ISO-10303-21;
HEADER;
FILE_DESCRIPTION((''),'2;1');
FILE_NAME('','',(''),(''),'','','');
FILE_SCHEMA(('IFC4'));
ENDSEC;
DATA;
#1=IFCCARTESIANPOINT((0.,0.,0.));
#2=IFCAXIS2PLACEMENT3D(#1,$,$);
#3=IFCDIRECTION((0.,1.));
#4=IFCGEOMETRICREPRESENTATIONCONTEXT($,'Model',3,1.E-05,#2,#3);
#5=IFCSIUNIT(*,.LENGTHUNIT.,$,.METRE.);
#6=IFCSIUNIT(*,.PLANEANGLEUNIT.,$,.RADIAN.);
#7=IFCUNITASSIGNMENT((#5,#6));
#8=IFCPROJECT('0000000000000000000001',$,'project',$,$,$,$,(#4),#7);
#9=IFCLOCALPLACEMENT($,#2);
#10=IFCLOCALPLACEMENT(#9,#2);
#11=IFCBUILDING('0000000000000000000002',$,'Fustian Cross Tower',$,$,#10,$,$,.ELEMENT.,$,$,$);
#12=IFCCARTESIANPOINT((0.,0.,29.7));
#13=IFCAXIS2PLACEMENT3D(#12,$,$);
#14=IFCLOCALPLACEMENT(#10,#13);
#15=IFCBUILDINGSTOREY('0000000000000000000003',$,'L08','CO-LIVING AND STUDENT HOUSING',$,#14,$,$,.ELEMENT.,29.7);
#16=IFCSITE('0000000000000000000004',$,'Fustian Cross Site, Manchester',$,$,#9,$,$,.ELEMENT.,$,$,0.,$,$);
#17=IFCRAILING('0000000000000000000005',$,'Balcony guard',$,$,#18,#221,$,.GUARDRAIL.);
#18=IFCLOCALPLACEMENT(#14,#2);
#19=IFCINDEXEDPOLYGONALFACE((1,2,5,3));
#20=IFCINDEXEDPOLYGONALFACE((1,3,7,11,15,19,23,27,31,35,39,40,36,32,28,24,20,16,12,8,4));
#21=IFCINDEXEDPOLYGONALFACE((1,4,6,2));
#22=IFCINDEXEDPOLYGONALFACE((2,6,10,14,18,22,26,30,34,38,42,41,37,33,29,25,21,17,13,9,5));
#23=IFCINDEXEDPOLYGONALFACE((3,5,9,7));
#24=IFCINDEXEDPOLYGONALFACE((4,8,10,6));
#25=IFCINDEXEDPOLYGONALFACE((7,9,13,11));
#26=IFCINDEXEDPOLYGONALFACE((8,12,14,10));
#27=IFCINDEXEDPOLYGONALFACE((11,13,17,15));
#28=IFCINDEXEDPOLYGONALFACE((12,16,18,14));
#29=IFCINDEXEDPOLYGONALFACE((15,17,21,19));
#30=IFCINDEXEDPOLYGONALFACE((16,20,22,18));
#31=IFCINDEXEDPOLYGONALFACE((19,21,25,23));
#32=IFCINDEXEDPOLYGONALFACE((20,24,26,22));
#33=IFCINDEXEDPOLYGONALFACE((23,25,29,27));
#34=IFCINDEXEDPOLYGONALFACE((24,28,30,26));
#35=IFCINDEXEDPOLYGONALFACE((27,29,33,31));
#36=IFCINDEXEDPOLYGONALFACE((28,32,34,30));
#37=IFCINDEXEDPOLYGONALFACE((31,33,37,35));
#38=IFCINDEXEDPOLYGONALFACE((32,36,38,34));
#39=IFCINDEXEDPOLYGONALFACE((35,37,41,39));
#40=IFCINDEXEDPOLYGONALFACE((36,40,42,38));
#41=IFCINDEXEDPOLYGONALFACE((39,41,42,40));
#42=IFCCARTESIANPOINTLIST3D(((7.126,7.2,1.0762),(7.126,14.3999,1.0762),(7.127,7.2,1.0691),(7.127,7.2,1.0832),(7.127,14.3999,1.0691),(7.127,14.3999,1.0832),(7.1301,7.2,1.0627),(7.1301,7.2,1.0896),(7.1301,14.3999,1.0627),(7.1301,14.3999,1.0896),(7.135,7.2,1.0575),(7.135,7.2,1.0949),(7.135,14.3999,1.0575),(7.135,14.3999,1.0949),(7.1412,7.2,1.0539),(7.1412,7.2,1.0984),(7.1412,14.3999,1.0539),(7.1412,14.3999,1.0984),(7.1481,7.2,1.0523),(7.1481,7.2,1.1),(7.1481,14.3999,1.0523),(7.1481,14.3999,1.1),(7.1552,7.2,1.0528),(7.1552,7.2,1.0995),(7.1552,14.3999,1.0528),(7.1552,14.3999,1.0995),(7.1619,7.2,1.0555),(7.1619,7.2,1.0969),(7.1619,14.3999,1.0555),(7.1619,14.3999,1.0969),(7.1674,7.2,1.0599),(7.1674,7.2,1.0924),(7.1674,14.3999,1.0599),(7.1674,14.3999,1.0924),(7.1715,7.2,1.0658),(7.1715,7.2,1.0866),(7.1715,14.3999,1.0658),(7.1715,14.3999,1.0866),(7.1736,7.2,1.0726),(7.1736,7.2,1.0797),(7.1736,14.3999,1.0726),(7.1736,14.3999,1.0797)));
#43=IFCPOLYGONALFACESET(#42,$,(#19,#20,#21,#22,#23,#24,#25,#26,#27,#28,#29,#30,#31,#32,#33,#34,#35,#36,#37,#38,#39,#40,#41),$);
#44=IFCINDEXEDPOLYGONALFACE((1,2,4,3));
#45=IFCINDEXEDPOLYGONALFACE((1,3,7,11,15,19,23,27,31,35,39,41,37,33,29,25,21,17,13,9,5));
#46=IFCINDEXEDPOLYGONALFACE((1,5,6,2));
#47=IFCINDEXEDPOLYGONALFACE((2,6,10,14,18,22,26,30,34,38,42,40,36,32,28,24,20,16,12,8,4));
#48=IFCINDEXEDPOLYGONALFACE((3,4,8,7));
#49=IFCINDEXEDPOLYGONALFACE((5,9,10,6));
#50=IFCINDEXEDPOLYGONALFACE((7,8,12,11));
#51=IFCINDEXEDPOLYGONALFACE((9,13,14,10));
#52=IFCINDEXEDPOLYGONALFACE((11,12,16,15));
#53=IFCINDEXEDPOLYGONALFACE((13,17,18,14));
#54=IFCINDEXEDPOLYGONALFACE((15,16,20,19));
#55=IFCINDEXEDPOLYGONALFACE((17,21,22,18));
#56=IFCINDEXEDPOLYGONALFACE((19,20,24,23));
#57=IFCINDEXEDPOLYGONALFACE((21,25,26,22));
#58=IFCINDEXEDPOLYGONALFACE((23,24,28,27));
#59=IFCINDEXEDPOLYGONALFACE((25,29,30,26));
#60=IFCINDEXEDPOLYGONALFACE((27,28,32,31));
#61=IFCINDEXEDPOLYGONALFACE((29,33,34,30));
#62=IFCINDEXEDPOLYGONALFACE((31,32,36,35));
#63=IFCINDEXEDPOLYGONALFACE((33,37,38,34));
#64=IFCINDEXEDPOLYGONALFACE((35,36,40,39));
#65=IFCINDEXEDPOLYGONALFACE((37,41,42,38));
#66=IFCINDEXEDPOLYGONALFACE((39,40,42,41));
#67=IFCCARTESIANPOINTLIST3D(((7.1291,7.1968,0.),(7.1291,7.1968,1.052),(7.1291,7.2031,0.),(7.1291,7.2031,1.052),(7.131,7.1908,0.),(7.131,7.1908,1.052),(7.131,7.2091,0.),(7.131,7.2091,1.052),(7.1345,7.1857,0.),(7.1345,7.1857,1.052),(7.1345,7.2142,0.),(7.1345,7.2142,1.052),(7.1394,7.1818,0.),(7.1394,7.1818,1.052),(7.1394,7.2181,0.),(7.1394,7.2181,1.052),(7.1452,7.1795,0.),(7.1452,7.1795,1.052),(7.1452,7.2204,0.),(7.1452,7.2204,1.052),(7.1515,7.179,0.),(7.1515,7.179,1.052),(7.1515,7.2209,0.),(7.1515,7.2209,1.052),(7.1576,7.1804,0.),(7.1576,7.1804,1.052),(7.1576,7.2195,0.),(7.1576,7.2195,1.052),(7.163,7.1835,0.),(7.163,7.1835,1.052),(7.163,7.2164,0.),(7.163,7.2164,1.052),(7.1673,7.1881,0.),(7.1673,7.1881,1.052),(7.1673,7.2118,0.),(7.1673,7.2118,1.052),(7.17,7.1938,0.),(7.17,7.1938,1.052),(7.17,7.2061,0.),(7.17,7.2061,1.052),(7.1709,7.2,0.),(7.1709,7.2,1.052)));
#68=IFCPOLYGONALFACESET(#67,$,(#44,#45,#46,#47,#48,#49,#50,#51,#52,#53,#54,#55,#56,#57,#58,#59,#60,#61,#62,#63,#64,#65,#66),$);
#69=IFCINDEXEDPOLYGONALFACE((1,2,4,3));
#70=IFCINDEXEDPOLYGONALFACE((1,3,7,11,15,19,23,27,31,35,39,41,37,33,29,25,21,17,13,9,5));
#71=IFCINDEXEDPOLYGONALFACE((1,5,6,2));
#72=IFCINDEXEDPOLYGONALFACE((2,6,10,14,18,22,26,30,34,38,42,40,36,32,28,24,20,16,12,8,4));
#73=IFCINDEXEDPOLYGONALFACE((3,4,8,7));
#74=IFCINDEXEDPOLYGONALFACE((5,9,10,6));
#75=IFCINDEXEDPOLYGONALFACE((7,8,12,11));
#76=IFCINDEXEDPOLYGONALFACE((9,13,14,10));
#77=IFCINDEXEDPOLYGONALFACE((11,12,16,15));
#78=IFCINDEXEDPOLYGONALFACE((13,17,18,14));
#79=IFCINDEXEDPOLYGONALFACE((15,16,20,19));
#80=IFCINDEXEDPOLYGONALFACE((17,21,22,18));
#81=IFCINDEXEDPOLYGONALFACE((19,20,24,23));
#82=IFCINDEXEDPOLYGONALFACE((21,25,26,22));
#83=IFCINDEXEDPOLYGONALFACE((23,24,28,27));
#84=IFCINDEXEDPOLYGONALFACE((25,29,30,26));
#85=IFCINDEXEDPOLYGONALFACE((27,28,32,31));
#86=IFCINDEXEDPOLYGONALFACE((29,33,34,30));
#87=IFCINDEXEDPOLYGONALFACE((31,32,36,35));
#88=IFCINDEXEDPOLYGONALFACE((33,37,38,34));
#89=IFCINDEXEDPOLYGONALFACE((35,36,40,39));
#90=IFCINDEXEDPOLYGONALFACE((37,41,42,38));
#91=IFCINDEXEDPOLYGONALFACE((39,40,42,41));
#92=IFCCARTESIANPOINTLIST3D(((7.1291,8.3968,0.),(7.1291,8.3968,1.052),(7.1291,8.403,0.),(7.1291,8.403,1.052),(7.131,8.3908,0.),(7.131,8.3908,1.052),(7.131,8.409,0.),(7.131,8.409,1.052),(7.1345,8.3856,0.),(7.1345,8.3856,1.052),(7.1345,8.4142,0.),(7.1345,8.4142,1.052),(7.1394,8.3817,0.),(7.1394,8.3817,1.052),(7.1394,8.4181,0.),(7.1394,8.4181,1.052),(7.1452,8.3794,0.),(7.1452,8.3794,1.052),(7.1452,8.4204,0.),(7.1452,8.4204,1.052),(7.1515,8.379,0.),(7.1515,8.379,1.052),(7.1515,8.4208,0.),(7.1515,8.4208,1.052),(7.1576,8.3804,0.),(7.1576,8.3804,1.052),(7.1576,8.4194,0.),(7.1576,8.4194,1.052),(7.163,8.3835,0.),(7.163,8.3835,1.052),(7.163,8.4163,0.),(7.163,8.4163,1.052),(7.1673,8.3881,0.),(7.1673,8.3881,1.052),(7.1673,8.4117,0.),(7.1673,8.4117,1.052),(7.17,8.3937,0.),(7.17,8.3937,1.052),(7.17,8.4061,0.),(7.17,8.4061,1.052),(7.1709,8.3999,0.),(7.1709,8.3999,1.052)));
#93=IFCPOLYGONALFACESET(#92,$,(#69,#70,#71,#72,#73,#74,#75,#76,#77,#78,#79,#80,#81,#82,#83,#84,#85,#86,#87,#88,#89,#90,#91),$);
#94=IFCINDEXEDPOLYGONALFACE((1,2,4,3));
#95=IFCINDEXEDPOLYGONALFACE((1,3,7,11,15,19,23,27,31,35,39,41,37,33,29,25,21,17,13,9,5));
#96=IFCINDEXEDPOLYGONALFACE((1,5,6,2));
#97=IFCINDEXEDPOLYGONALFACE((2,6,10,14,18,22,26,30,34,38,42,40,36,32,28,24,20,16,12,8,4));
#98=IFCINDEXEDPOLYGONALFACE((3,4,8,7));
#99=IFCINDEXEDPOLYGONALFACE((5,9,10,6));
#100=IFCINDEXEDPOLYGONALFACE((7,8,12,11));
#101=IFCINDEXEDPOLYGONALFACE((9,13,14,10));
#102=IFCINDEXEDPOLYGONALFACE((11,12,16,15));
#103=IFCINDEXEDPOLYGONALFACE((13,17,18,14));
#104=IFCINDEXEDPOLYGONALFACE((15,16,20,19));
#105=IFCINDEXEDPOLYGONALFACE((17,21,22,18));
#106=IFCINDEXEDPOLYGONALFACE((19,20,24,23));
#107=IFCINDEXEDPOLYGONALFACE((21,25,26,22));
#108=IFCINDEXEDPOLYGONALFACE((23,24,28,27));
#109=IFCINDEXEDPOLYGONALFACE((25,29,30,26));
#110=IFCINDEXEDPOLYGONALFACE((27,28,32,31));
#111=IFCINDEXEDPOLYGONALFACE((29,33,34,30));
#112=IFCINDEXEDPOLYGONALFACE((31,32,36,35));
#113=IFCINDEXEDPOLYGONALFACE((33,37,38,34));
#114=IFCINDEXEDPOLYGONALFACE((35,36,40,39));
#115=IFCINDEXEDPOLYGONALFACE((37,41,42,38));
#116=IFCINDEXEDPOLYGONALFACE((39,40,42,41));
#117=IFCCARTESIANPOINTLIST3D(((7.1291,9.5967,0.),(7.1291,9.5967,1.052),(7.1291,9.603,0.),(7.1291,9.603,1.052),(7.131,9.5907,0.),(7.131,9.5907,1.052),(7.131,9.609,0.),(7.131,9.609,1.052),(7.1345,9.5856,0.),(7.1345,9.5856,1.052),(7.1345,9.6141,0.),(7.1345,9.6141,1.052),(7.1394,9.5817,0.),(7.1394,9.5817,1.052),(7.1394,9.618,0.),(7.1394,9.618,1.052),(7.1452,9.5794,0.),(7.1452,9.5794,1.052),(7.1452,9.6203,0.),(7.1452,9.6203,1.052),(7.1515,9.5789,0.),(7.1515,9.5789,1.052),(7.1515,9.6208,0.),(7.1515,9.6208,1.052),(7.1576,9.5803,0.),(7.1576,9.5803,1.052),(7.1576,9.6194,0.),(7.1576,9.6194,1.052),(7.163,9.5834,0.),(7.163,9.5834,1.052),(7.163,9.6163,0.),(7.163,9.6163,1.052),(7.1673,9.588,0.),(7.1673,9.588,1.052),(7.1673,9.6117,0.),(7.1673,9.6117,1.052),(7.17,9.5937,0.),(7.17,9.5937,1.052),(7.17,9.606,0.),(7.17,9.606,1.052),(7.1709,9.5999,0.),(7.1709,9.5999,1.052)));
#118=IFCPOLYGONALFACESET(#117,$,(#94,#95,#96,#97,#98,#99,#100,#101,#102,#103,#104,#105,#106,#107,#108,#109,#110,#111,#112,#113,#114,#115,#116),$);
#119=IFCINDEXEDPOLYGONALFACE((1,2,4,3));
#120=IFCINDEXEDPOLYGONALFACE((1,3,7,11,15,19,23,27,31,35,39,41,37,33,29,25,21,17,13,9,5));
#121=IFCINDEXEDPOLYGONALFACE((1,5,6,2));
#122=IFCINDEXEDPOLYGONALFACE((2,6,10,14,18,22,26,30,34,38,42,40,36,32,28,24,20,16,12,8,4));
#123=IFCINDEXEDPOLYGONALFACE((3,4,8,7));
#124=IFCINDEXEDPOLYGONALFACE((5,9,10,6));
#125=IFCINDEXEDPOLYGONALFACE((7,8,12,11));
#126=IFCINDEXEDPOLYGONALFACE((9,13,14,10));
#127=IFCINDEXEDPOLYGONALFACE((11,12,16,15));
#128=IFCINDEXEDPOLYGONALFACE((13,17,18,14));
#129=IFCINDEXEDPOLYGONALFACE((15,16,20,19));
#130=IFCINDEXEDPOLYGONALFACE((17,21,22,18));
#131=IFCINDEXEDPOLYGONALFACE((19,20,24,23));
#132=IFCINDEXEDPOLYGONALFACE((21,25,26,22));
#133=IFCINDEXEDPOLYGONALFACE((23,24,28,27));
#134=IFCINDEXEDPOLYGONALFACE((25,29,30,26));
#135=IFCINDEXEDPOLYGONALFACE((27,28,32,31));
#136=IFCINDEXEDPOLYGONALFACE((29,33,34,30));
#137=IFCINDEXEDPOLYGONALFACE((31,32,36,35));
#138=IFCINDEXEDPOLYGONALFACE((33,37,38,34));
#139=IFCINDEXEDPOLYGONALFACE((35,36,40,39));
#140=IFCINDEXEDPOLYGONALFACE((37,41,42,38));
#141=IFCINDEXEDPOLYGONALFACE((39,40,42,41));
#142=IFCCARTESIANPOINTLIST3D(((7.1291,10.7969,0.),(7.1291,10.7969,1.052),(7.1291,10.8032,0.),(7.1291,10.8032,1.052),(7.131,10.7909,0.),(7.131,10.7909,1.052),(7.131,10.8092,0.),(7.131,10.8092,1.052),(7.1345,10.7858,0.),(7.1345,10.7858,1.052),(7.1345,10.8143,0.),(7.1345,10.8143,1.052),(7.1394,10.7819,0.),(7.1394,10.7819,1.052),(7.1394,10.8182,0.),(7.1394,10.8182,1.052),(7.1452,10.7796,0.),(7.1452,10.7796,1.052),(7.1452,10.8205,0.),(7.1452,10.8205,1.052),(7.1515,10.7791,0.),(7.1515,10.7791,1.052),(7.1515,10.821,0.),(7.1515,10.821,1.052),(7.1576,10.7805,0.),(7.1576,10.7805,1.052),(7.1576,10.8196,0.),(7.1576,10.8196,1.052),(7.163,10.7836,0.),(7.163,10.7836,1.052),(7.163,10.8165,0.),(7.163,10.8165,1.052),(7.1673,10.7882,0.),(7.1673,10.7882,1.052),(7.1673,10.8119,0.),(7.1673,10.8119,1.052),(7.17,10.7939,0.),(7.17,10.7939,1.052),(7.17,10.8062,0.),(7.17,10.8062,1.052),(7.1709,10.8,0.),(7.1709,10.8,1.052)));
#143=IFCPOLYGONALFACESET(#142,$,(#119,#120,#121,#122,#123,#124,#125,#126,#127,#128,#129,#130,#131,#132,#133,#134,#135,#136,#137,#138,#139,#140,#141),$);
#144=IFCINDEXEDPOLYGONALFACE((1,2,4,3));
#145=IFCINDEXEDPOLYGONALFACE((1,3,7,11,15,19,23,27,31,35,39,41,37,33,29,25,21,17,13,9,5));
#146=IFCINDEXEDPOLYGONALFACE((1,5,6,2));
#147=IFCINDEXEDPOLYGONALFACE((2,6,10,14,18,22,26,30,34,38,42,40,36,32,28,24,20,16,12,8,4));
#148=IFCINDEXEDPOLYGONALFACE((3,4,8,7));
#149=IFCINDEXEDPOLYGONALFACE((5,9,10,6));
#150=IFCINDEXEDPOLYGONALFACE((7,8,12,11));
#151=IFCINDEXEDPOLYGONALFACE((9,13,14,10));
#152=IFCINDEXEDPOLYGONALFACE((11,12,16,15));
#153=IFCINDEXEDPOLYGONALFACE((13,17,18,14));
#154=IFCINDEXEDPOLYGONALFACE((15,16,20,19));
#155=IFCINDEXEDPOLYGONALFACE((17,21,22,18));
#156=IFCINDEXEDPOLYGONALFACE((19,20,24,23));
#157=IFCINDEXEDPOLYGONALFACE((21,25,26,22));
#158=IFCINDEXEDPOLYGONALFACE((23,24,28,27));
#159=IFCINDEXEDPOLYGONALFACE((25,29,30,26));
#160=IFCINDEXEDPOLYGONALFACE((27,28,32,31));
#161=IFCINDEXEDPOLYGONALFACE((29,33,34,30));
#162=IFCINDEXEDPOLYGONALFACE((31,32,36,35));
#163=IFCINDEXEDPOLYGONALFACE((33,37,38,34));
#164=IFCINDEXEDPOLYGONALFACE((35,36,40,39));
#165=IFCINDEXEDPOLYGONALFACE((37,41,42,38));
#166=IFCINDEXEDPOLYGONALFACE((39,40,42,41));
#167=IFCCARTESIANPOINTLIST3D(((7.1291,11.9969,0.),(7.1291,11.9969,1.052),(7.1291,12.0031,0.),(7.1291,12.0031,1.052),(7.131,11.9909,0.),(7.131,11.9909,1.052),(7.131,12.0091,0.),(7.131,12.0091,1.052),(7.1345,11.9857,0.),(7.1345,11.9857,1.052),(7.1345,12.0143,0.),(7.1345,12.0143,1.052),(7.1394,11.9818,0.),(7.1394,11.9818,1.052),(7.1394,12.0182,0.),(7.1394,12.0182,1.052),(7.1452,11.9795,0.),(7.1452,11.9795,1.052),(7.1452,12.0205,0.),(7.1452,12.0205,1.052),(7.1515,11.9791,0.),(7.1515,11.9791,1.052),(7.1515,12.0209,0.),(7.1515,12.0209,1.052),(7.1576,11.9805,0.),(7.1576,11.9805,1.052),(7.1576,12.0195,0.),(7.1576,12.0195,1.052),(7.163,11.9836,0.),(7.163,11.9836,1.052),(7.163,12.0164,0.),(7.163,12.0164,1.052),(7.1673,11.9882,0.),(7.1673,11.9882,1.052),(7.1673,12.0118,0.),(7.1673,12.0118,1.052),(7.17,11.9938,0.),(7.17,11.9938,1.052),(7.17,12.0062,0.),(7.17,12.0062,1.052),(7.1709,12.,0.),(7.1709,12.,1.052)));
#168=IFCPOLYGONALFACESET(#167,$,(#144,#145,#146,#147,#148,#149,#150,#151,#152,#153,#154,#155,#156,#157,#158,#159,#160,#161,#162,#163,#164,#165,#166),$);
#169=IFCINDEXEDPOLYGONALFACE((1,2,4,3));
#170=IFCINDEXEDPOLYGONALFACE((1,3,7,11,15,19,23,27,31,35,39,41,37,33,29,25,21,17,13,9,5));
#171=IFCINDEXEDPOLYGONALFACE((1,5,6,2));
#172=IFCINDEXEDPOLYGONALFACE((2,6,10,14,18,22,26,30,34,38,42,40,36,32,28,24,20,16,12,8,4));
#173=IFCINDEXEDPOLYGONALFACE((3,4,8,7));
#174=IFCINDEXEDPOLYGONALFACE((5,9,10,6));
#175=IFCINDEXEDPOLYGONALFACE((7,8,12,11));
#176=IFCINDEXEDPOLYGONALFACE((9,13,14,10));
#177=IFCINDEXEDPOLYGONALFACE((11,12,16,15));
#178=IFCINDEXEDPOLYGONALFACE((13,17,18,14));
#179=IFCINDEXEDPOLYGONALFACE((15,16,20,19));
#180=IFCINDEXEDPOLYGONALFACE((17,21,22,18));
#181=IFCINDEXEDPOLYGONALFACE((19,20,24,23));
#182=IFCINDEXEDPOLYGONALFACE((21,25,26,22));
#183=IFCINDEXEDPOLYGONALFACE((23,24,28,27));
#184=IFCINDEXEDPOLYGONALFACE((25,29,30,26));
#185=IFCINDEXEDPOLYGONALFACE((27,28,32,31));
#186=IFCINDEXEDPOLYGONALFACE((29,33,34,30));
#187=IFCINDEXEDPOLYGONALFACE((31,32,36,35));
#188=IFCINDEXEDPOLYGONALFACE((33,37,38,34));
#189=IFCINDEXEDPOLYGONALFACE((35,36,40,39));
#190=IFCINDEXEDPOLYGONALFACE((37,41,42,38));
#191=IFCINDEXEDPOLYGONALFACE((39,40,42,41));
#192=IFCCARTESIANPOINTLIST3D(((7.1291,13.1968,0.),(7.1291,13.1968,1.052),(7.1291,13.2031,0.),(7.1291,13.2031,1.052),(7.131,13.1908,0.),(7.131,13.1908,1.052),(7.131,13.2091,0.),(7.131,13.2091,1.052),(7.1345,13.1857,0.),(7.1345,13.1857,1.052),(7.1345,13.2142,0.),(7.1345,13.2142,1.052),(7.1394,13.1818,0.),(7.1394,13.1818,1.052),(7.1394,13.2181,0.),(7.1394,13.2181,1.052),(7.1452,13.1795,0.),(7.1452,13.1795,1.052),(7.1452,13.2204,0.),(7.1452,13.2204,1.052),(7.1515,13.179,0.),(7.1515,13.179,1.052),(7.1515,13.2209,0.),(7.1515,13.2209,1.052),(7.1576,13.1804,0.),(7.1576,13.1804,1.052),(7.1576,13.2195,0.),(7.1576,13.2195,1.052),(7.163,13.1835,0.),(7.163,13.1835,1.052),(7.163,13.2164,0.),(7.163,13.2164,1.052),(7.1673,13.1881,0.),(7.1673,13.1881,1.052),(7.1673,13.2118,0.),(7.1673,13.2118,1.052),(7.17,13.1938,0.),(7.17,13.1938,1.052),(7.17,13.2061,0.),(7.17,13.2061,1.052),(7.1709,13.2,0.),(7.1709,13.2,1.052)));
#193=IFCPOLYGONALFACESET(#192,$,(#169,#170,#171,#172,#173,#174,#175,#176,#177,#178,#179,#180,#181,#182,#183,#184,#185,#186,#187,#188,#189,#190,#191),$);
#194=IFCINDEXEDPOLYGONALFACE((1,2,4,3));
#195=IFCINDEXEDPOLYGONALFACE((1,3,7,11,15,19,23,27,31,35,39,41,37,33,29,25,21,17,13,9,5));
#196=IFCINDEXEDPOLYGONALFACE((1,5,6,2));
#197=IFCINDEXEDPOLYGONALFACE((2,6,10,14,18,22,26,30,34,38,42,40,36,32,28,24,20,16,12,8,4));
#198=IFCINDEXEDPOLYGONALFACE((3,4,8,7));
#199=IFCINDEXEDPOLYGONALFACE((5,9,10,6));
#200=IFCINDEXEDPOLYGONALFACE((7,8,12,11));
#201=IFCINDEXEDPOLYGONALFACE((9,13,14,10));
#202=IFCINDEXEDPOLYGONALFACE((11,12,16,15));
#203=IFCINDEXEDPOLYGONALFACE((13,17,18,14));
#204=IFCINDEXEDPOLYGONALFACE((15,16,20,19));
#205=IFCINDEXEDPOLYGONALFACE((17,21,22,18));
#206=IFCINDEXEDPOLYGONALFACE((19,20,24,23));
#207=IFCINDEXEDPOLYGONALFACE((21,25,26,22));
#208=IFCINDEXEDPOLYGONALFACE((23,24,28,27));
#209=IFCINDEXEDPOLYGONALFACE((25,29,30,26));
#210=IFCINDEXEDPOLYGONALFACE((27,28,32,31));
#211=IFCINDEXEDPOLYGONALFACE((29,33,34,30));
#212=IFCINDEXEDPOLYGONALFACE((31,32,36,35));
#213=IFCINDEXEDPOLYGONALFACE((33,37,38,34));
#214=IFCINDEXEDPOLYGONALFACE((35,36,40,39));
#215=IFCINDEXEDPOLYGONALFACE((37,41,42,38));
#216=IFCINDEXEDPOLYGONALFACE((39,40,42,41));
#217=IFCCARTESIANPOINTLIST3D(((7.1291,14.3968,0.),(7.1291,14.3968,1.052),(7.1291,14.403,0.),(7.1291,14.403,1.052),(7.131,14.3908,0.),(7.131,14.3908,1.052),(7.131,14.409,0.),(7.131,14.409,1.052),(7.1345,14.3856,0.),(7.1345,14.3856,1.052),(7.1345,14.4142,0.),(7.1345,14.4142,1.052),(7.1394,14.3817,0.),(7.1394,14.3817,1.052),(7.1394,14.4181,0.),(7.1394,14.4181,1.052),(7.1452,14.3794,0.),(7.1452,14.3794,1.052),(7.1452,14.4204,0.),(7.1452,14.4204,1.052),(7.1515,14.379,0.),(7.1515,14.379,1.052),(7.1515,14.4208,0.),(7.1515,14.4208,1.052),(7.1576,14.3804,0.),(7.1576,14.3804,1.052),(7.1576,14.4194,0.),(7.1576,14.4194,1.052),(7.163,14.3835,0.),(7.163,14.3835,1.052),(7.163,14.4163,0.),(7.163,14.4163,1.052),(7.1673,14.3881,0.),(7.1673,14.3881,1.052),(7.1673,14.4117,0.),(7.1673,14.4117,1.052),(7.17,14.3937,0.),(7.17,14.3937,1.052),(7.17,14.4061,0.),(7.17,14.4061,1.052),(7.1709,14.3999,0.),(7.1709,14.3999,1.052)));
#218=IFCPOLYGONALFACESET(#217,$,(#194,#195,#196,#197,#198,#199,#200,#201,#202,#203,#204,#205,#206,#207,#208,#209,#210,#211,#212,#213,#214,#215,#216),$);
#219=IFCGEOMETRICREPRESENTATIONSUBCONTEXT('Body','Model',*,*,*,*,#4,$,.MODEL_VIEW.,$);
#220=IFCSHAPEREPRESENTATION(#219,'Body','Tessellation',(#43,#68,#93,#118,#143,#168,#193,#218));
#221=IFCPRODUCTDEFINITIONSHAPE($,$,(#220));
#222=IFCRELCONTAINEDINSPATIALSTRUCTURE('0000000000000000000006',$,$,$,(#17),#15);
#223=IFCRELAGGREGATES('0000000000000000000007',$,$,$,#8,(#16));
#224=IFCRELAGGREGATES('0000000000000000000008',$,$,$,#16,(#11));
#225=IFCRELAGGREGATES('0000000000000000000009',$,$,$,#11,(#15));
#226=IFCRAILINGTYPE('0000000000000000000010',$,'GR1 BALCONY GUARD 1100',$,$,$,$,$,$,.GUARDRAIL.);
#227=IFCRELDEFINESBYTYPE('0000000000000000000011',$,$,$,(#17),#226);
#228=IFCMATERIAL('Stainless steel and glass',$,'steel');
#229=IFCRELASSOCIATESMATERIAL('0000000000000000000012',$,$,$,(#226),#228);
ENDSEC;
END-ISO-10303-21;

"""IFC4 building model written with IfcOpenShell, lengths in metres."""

from ifc_helpers import new_model, si_unit, direction, frame, origin, origin_2d, place, context, subcontext, project, spatial, circle, extrude, material, type_object, element, save


model = new_model("IFC4")

# Units and contexts
model_context = context("Model", 3, precision=1e-05, world=origin(), true_north=direction((0.0, 1.0)))
body_context = subcontext(model_context, "Body", "Model", "MODEL_VIEW")
ifc_project = project(units=[si_unit("LENGTHUNIT", "METRE"), si_unit("PLANEANGLEUNIT", "RADIAN")], contexts=[model_context])

# Site, building, storey
site_placement = place(None, origin())
site = spatial("IfcSite", under=ifc_project, at=site_placement, Name="Fustian Cross Site, Manchester", CompositionType="ELEMENT", RefElevation=0.0)
building_placement = place(site_placement, origin())
building = spatial("IfcBuilding", under=site, at=building_placement, Name="Fustian Cross Tower", CompositionType="ELEMENT")
storey_placement = place(building_placement, frame((0.0, 0.0, 29.7)))
storey = spatial("IfcBuildingStorey", under=building, at=storey_placement, Name="L08", Description="CO-LIVING AND STUDENT HOUSING", CompositionType="ELEMENT", Elevation=29.7)

# Railing
ifc_material_1 = material(Name="Stainless steel and glass", Category="steel")
railing_type = type_object("IfcRailingType", Name="GR1 BALCONY GUARD 1100", PredefinedType="GUARDRAIL", material=ifc_material_1)
railing_placement = place(storey_placement, frame((7.1499, 7.2, 0.0)))
element("IfcRailing", 1, at=railing_placement, inside=storey, type_object=railing_type, Name="Balcony guard", PredefinedType="GUARDRAIL", context=body_context, shape_type="SweptSolid", body=[
    extrude(circle(Radius=0.0239, at=origin_2d()), frame((0.0, 0.0, 1.0762), z_axis=(0.0, 1.0, 0.0), x_axis=(-1.0, 0.0, 0.0)), (0.0, 0.0, 1.0), 7.2),
    extrude(circle(Radius=0.021, at=origin_2d()), origin(), (0.0, 0.0, 1.0), 1.052),
    extrude(circle(Radius=0.021, at=origin_2d()), frame((0.0, 1.2, 0.0)), (0.0, 0.0, 1.0), 1.052),
    extrude(circle(Radius=0.021, at=origin_2d()), frame((0.0, 2.3999, 0.0)), (0.0, 0.0, 1.0), 1.052),
    extrude(circle(Radius=0.021, at=origin_2d()), frame((0.0, 3.6001, 0.0)), (0.0, 0.0, 1.0), 1.052),
    extrude(circle(Radius=0.021, at=origin_2d()), frame((0.0, 4.8, 0.0)), (0.0, 0.0, 1.0), 1.052),
    extrude(circle(Radius=0.021, at=origin_2d()), frame((0.0, 6.0, 0.0)), (0.0, 0.0, 1.0), 1.052),
    extrude(circle(Radius=0.021, at=origin_2d()), frame((0.0, 7.2, 0.0)), (0.0, 0.0, 1.0), 1.052),
])

save(model, "model.ifc")
